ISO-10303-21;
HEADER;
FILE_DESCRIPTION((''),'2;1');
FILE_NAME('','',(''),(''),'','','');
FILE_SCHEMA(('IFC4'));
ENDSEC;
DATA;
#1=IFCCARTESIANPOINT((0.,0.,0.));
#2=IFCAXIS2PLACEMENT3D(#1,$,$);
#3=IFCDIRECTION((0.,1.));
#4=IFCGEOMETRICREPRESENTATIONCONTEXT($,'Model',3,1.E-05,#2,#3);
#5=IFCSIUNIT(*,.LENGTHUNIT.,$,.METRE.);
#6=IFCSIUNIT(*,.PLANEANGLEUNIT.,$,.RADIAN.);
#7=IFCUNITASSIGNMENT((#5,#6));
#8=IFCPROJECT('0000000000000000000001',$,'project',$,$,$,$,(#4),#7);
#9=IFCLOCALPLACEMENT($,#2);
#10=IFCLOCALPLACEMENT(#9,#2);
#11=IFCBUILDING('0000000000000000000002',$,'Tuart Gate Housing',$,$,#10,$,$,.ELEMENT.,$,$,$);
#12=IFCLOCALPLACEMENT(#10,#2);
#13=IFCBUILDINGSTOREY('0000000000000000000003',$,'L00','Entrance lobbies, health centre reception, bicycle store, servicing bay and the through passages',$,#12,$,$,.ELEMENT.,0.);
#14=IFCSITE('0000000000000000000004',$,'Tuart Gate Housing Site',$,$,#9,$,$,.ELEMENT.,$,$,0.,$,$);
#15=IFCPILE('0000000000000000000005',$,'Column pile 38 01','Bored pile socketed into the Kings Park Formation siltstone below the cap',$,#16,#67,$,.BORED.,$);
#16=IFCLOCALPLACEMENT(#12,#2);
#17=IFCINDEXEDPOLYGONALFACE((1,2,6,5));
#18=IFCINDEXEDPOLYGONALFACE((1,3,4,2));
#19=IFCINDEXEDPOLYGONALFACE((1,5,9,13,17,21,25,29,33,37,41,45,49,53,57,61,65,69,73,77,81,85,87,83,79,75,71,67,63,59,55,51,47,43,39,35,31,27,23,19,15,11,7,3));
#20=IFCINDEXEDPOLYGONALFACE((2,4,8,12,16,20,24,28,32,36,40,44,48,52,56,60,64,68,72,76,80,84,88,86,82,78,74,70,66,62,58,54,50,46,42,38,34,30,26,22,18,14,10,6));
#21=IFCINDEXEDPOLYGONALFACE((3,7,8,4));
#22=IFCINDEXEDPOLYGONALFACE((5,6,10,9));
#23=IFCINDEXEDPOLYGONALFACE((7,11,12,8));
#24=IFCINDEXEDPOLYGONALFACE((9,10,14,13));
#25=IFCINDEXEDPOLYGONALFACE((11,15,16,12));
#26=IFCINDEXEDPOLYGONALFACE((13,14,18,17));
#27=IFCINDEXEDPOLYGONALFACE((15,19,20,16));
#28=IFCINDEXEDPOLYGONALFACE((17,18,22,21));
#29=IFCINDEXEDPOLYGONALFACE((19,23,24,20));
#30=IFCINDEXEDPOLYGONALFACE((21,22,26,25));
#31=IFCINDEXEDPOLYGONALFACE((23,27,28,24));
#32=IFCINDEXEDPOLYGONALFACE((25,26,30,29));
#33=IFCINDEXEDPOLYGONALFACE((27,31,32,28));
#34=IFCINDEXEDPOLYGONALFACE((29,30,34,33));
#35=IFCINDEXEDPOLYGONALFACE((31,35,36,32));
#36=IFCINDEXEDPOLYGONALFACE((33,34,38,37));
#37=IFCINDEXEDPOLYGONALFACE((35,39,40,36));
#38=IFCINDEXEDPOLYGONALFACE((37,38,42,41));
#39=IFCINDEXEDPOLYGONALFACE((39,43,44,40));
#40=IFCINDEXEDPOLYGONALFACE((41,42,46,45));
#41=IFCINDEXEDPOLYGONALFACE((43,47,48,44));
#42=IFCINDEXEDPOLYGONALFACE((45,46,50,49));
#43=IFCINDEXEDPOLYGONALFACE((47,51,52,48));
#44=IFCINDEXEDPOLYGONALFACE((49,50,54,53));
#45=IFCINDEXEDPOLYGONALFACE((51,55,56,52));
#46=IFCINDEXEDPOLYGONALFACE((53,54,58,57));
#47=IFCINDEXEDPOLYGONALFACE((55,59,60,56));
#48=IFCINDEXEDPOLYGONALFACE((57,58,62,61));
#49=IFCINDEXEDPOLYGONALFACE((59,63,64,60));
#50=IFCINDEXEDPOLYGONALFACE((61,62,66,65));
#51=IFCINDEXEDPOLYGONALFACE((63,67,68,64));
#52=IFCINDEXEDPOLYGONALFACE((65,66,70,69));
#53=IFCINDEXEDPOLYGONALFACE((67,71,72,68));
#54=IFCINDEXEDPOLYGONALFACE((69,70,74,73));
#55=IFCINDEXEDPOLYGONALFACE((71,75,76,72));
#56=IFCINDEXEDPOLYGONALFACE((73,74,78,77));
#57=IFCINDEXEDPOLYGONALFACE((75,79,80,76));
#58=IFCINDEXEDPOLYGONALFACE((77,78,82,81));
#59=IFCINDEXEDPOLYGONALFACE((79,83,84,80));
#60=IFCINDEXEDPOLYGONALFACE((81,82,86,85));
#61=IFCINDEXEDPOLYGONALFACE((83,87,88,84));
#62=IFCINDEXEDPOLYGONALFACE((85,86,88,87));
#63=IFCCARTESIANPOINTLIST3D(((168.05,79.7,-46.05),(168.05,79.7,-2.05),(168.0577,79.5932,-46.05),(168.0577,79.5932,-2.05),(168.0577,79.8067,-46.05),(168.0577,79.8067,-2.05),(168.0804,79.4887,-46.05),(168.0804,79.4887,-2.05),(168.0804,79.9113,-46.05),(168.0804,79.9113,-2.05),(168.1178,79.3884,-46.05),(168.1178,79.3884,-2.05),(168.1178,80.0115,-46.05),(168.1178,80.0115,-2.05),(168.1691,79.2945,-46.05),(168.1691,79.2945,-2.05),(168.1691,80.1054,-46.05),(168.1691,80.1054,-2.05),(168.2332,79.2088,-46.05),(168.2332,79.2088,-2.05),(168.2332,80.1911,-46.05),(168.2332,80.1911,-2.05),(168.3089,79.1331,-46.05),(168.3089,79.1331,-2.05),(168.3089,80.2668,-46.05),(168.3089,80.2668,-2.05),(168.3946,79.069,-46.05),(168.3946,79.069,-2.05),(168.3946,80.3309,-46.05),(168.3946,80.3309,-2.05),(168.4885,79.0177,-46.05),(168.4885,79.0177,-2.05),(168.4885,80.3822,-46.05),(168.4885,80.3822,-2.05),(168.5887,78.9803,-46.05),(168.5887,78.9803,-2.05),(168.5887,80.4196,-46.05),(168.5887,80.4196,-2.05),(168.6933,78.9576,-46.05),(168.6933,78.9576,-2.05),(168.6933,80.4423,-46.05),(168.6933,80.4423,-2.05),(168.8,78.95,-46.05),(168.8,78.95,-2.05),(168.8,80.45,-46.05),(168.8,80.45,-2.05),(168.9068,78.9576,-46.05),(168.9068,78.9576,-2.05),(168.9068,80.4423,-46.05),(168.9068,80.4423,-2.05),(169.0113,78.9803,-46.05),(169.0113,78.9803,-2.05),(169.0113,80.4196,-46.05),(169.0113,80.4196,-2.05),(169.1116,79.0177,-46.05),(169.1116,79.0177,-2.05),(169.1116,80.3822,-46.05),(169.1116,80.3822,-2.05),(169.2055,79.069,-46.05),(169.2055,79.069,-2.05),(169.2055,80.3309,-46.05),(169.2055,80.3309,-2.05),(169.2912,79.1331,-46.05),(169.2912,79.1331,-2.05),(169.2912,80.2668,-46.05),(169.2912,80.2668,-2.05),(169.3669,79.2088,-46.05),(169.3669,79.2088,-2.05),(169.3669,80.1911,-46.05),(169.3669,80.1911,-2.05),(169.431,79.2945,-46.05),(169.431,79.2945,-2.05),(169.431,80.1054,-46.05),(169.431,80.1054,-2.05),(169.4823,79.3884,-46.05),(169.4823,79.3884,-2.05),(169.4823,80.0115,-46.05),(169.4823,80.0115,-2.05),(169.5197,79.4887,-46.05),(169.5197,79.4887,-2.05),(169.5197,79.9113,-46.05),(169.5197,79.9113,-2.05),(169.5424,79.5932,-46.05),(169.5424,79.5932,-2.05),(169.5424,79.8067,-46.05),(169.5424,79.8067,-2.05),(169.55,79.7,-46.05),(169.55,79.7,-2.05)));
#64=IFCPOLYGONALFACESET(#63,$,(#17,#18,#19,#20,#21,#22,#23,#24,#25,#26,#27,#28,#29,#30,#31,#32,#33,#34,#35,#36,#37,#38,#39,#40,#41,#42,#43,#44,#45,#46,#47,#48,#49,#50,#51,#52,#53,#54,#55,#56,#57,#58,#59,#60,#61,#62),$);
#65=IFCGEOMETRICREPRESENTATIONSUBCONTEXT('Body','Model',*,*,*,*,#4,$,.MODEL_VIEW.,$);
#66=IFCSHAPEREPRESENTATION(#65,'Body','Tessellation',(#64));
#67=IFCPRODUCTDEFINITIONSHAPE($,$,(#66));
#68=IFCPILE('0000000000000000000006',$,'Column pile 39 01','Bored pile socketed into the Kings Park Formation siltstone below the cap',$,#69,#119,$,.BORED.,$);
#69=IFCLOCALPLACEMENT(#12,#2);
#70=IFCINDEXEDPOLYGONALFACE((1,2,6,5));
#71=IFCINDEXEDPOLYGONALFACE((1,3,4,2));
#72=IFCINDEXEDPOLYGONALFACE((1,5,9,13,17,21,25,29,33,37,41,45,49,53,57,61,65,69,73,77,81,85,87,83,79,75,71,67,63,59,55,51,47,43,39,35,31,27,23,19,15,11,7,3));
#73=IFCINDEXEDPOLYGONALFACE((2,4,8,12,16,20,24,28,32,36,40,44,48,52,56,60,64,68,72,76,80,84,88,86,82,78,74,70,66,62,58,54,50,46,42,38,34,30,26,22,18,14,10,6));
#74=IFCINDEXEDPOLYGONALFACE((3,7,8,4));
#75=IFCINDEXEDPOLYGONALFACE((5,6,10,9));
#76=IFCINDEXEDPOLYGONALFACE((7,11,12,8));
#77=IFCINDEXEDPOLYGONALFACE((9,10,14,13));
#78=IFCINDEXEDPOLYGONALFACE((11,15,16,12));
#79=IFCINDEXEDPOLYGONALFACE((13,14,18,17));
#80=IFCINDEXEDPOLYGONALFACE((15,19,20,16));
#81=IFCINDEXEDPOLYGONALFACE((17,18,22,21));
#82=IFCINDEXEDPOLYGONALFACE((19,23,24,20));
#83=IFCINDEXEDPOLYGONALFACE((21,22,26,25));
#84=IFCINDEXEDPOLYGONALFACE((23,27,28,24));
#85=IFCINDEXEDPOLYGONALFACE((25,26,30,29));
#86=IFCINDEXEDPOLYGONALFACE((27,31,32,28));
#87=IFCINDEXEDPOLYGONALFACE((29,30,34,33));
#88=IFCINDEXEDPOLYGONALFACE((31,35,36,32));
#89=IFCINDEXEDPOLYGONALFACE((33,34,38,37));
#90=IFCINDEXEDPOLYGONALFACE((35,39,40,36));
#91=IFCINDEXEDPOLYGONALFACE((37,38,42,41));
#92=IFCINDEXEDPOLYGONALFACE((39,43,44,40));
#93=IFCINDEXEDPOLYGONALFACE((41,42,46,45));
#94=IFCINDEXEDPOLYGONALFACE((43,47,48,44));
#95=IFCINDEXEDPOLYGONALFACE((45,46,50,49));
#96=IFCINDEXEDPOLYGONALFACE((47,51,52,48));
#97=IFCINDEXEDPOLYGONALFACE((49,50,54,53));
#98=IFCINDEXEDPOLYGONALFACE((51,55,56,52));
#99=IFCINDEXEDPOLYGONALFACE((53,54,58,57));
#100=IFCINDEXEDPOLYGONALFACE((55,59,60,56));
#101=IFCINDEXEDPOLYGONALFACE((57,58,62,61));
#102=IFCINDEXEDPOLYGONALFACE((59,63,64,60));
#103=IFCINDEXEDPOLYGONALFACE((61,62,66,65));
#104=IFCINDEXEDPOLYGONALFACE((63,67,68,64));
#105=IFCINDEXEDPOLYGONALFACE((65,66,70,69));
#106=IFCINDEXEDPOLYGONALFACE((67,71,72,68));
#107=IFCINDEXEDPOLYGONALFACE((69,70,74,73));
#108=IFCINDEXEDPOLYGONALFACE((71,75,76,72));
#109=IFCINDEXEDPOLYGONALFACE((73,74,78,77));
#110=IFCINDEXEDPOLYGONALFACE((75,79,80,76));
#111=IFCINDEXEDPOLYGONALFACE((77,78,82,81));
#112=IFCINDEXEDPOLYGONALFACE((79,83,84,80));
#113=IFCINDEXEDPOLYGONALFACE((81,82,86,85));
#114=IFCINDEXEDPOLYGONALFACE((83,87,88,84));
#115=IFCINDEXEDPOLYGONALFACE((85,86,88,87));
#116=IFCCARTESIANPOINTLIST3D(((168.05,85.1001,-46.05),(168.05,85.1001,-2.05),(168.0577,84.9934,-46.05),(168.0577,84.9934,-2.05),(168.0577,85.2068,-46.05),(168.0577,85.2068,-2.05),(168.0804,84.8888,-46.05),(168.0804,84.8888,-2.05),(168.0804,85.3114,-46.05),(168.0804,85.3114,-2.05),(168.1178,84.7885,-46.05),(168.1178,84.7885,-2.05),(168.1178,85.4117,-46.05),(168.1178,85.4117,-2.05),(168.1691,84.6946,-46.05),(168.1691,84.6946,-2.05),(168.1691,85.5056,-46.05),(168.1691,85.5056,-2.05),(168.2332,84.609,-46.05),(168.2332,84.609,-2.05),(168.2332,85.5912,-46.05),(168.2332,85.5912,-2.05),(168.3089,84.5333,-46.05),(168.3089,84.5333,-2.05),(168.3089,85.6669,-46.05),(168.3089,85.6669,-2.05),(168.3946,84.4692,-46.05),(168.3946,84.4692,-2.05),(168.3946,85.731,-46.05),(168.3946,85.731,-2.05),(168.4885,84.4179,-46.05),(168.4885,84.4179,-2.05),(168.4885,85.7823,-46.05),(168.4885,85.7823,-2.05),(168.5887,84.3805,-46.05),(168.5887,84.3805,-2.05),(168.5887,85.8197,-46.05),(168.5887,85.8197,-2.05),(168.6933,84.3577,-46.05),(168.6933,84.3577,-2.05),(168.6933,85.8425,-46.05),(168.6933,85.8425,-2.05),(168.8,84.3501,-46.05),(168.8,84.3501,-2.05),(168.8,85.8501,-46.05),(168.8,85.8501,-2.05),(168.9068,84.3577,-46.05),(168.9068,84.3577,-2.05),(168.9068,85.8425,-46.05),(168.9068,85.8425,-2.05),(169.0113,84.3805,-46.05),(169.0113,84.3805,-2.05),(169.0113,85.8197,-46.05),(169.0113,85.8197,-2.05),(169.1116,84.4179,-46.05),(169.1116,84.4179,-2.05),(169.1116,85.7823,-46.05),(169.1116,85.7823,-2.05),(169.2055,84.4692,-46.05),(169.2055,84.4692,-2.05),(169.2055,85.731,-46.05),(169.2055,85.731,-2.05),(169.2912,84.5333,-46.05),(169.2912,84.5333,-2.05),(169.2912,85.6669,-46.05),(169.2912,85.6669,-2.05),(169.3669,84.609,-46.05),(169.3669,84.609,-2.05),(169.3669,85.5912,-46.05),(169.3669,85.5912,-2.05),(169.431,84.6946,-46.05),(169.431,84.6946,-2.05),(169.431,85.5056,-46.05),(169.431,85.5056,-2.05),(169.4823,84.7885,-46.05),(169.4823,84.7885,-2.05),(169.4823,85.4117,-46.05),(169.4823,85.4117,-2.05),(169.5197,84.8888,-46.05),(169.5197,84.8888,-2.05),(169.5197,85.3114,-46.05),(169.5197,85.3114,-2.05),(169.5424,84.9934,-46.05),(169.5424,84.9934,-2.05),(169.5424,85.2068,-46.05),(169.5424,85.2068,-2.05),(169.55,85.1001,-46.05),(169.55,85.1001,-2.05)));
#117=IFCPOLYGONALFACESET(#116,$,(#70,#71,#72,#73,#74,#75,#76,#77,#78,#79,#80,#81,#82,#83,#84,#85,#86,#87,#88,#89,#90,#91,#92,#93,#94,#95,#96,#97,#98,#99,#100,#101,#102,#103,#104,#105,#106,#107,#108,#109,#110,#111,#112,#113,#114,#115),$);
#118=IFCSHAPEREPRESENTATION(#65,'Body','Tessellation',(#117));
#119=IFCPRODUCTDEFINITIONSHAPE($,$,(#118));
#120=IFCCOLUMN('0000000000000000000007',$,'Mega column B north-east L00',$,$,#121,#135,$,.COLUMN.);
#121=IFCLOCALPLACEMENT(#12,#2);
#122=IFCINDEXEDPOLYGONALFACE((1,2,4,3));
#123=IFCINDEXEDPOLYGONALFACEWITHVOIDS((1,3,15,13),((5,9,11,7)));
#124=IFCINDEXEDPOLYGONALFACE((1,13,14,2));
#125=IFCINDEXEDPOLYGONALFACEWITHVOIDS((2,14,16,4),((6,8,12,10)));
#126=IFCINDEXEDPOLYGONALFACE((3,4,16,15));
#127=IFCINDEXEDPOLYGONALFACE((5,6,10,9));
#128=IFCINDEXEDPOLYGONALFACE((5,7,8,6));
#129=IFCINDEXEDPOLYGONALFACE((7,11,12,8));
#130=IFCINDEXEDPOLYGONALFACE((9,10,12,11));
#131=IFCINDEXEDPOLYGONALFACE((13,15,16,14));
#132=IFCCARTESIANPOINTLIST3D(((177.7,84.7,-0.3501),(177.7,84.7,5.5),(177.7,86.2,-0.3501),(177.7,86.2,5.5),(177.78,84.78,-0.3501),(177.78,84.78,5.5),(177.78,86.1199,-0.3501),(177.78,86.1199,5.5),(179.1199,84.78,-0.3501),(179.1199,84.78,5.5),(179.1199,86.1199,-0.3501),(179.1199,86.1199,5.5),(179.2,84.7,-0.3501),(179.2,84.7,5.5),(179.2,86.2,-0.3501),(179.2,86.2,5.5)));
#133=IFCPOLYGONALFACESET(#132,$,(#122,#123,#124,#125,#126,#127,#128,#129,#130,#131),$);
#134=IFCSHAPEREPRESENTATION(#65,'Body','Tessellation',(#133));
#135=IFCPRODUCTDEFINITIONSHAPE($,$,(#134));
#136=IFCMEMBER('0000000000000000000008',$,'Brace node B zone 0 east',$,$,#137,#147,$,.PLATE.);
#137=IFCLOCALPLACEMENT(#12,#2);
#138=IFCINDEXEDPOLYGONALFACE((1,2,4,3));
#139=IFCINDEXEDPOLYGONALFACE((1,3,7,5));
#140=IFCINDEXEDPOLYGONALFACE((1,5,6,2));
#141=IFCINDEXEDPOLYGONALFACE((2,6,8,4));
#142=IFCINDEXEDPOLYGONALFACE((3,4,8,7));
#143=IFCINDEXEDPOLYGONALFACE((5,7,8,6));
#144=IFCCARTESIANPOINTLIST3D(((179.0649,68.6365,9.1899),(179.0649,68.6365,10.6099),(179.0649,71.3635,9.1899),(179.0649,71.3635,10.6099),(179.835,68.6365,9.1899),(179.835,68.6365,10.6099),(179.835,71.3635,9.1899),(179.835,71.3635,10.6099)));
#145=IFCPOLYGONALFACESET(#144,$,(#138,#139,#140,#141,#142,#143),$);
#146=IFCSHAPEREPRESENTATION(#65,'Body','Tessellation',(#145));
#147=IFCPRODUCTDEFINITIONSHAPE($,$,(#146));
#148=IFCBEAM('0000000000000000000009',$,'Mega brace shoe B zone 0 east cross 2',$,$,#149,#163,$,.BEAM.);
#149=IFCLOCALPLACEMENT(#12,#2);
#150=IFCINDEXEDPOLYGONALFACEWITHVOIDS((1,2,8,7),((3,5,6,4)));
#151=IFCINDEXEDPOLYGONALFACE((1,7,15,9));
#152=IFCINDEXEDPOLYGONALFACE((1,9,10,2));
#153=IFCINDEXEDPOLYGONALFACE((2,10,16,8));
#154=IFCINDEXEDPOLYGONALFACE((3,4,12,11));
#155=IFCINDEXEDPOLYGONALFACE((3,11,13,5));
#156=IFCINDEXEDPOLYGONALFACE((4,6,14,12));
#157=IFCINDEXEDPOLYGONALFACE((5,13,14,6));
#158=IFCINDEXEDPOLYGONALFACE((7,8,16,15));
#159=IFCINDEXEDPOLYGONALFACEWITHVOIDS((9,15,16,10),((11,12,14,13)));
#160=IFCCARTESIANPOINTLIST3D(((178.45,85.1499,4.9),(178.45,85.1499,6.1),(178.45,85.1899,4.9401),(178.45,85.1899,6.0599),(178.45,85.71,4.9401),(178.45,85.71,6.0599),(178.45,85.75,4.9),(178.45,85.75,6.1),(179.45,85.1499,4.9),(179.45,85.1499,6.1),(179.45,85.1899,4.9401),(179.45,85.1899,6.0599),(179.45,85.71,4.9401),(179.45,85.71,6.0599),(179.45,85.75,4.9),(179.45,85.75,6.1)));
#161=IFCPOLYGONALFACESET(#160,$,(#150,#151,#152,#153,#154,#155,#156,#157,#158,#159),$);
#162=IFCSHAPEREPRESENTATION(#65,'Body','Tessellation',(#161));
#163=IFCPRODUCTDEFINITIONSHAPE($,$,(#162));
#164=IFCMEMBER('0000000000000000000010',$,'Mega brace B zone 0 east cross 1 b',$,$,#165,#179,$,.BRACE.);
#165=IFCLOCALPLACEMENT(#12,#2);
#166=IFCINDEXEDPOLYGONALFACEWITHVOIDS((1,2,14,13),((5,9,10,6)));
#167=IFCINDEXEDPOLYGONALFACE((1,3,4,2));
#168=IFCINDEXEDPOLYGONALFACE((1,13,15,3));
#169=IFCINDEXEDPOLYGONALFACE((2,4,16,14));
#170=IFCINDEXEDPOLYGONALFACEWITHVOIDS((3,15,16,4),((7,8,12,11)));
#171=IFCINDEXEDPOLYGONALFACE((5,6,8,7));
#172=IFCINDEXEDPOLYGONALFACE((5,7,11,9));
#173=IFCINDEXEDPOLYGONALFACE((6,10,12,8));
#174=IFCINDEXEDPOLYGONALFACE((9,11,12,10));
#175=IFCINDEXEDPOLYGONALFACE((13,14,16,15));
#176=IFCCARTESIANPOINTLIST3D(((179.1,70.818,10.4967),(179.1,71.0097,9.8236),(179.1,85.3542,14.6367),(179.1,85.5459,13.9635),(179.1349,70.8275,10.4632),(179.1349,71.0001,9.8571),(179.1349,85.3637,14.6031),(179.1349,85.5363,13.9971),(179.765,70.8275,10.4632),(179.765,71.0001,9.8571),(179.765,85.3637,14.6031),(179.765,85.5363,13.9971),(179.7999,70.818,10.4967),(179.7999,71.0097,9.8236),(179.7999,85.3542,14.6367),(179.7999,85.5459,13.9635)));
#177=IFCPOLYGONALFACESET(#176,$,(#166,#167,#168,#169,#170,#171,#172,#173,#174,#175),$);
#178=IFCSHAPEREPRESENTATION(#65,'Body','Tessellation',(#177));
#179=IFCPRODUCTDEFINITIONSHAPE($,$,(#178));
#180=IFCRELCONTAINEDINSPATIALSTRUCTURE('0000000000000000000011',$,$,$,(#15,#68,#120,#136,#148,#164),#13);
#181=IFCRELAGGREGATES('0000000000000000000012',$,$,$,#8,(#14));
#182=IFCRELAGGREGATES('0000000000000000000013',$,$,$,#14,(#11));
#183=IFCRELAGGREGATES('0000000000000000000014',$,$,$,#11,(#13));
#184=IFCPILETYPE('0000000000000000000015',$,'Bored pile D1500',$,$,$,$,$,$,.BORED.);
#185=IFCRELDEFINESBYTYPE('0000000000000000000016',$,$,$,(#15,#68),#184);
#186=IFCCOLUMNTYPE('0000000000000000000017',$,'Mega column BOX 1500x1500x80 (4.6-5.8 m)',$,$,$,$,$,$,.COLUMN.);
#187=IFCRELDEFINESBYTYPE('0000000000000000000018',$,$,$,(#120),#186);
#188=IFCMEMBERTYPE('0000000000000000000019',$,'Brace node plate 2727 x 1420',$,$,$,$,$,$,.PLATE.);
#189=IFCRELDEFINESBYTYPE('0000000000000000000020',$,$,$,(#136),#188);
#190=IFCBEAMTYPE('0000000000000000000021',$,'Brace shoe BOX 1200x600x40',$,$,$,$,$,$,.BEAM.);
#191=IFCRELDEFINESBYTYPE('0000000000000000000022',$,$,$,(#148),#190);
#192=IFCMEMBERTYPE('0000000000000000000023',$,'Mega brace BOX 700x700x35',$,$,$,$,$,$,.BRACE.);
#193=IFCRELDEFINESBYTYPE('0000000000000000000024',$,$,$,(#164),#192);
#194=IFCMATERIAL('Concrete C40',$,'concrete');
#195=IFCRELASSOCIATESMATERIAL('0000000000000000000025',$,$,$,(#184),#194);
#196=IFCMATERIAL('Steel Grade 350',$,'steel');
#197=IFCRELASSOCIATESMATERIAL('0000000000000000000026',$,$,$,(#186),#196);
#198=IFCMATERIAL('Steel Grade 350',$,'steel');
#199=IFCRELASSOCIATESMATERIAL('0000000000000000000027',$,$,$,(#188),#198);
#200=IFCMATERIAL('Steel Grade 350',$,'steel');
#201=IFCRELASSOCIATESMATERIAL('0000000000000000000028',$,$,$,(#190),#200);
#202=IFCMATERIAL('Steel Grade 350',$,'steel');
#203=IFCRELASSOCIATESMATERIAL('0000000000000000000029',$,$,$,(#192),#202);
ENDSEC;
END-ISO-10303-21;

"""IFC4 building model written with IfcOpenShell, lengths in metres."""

from ifc_helpers import new_model, si_unit, direction, frame, origin, origin_2d, place, context, subcontext, project, spatial, rectangle, hollow_rectangle, circle, extrude, material, material_profile, profile_set, type_object, element, save


model = new_model("IFC4")

# Units and contexts
model_context = context("Model", 3, precision=1e-05, world=origin(), true_north=direction((0.0, 1.0)))
body_context = subcontext(model_context, "Body", "Model", "MODEL_VIEW")
ifc_project = project(units=[si_unit("LENGTHUNIT", "METRE"), si_unit("PLANEANGLEUNIT", "RADIAN")], contexts=[model_context])

# Site, building, storey
site_placement = place(None, origin())
site = spatial("IfcSite", under=ifc_project, at=site_placement, Name="Tuart Gate Housing Site", CompositionType="ELEMENT", RefElevation=0.0)
building_placement = place(site_placement, origin())
building = spatial("IfcBuilding", under=site, at=building_placement, Name="Tuart Gate Housing", CompositionType="ELEMENT")
storey_placement = place(building_placement, origin())
storey = spatial("IfcBuildingStorey", under=building, at=storey_placement, Name="L00", Description="Entrance lobbies, health centre reception, bicycle store, servicing bay and the through passages", CompositionType="ELEMENT", Elevation=0.0)

# Piles
ifc_material_1 = material(Name="Concrete C40", Category="concrete")
ifc_material_profile_1 = material_profile(ifc_material_1, circle(Radius=0.75, at=origin_2d()), Name="Bored pile D1500")
ifc_profile_set_1 = profile_set([ifc_material_profile_1], Name="Concrete C40")
pile_type = type_object("IfcPileType", Name="Bored pile D1500", PredefinedType="BORED", material=ifc_profile_set_1)
for number, where, z_axis, x_axis, name in (
    (1, (168.8, 79.7, -2.05), (0.0, 0.0, -1.0), (1.0, 0.0, 0.0), "Column pile 38 01"),
    (2, (168.8, 85.1001, -2.05), (0.0, 0.0, -1.0), (1.0, 0.0, 0.0), "Column pile 39 01"),
):
    element("IfcPile", number, at=place(storey_placement, frame(where, z_axis=z_axis, x_axis=x_axis)), inside=storey, type_object=pile_type, Name=name, Description="Bored pile socketed into the Kings Park Formation siltstone below the cap", PredefinedType="BORED", context=body_context, shape_type="SweptSolid", body=[
        extrude(circle(Radius=0.75, at=origin_2d()), origin(), (0.0, 0.0, 1.0), 44.0),
    ])

# Column
ifc_material_2 = material(Name="Steel Grade 350", Category="steel")
ifc_material_profile_2 = material_profile(ifc_material_2, hollow_rectangle(XDim=1.5, YDim=1.5, WallThickness=0.0801, at=origin_2d()), Name="BOX 1500x1500x80")
ifc_profile_set_2 = profile_set([ifc_material_profile_2], Name="Steel Grade 350")
column_type = type_object("IfcColumnType", Name="Mega column BOX 1500x1500x80 (4.6-5.8 m)", PredefinedType="COLUMN", material=ifc_profile_set_2)
column_placement = place(storey_placement, frame((178.45, 85.45, -0.3501), z_axis=(0.0, 0.0, 1.0), x_axis=(1.0, 0.0, 0.0)))
element("IfcColumn", 3, at=column_placement, inside=storey, type_object=column_type, Name="Mega column B north-east L00", PredefinedType="COLUMN", context=body_context, shape_type="SweptSolid", body=[
    extrude(hollow_rectangle(XDim=1.5, YDim=1.5, WallThickness=0.0801, at=origin_2d()), origin(), (0.0, 0.0, 1.0), 5.8501),
])

# Member
ifc_material_3 = material(Name="Steel Grade 350", Category="steel")
ifc_material_profile_3 = material_profile(ifc_material_3, rectangle(XDim=2.7271, YDim=1.4199, at=origin_2d()), Name="Brace node plate 2727 x 1420")
ifc_profile_set_3 = profile_set([ifc_material_profile_3], Name="Steel Grade 350")
member_type_1 = type_object("IfcMemberType", Name="Brace node plate 2727 x 1420", PredefinedType="PLATE", material=ifc_profile_set_3)
member_1_placement = place(storey_placement, frame((179.0649, 70.0, 9.8999), z_axis=(1.0, 0.0, 0.0), x_axis=(0.0, 1.0, 0.0)))
element("IfcMember", 4, at=member_1_placement, inside=storey, type_object=member_type_1, Name="Brace node B zone 0 east", PredefinedType="PLATE", context=body_context, shape_type="SweptSolid", body=[
    extrude(rectangle(XDim=2.7271, YDim=1.4199, at=origin_2d()), origin(), (0.0, 0.0, 1.0), 0.77),
])

# Beam
ifc_material_4 = material(Name="Steel Grade 350", Category="steel")
ifc_material_profile_4 = material_profile(ifc_material_4, hollow_rectangle(XDim=0.6001, YDim=1.2, WallThickness=0.04, at=origin_2d()), Name="BOX 1200x600x40")
ifc_profile_set_4 = profile_set([ifc_material_profile_4], Name="Steel Grade 350")
beam_type = type_object("IfcBeamType", Name="Brace shoe BOX 1200x600x40", PredefinedType="BEAM", material=ifc_profile_set_4)
beam_placement = place(storey_placement, frame((178.45, 85.45, 5.5), z_axis=(1.0, 0.0, 0.0), x_axis=(0.0, 1.0, 0.0)))
element("IfcBeam", 5, at=beam_placement, inside=storey, type_object=beam_type, Name="Mega brace shoe B zone 0 east cross 2", PredefinedType="BEAM", context=body_context, shape_type="SweptSolid", body=[
    extrude(hollow_rectangle(XDim=0.6001, YDim=1.2, WallThickness=0.04, at=origin_2d()), origin(), (0.0, 0.0, 1.0), 1.0),
])

# Member
ifc_material_5 = material(Name="Steel Grade 350", Category="steel")
ifc_material_profile_5 = material_profile(ifc_material_5, hollow_rectangle(XDim=0.7, YDim=0.7, WallThickness=0.0349, at=origin_2d()), Name="BOX 700x700x35")
ifc_profile_set_5 = profile_set([ifc_material_profile_5], Name="Steel Grade 350")
member_type_2 = type_object("IfcMemberType", Name="Mega brace BOX 700x700x35", PredefinedType="BRACE", material=ifc_profile_set_5)
for number, where, z_axis, x_axis, name in (
    (6, (179.45, 70.9138, 10.1602), (0.0, 0.961756, 0.273908), (-1.0, 0.0, 0.0), "Mega brace B zone 0 east cross 1 b"),
):
    element("IfcMember", number, at=place(storey_placement, frame(where, z_axis=z_axis, x_axis=x_axis)), inside=storey, type_object=member_type_2, Name=name, PredefinedType="BRACE", context=body_context, shape_type="SweptSolid", body=[
        extrude(hollow_rectangle(XDim=0.7, YDim=0.7, WallThickness=0.0349, at=origin_2d()), origin(), (0.0, 0.0, 1.0), 15.1143),
    ])

save(model, "model.ifc")
